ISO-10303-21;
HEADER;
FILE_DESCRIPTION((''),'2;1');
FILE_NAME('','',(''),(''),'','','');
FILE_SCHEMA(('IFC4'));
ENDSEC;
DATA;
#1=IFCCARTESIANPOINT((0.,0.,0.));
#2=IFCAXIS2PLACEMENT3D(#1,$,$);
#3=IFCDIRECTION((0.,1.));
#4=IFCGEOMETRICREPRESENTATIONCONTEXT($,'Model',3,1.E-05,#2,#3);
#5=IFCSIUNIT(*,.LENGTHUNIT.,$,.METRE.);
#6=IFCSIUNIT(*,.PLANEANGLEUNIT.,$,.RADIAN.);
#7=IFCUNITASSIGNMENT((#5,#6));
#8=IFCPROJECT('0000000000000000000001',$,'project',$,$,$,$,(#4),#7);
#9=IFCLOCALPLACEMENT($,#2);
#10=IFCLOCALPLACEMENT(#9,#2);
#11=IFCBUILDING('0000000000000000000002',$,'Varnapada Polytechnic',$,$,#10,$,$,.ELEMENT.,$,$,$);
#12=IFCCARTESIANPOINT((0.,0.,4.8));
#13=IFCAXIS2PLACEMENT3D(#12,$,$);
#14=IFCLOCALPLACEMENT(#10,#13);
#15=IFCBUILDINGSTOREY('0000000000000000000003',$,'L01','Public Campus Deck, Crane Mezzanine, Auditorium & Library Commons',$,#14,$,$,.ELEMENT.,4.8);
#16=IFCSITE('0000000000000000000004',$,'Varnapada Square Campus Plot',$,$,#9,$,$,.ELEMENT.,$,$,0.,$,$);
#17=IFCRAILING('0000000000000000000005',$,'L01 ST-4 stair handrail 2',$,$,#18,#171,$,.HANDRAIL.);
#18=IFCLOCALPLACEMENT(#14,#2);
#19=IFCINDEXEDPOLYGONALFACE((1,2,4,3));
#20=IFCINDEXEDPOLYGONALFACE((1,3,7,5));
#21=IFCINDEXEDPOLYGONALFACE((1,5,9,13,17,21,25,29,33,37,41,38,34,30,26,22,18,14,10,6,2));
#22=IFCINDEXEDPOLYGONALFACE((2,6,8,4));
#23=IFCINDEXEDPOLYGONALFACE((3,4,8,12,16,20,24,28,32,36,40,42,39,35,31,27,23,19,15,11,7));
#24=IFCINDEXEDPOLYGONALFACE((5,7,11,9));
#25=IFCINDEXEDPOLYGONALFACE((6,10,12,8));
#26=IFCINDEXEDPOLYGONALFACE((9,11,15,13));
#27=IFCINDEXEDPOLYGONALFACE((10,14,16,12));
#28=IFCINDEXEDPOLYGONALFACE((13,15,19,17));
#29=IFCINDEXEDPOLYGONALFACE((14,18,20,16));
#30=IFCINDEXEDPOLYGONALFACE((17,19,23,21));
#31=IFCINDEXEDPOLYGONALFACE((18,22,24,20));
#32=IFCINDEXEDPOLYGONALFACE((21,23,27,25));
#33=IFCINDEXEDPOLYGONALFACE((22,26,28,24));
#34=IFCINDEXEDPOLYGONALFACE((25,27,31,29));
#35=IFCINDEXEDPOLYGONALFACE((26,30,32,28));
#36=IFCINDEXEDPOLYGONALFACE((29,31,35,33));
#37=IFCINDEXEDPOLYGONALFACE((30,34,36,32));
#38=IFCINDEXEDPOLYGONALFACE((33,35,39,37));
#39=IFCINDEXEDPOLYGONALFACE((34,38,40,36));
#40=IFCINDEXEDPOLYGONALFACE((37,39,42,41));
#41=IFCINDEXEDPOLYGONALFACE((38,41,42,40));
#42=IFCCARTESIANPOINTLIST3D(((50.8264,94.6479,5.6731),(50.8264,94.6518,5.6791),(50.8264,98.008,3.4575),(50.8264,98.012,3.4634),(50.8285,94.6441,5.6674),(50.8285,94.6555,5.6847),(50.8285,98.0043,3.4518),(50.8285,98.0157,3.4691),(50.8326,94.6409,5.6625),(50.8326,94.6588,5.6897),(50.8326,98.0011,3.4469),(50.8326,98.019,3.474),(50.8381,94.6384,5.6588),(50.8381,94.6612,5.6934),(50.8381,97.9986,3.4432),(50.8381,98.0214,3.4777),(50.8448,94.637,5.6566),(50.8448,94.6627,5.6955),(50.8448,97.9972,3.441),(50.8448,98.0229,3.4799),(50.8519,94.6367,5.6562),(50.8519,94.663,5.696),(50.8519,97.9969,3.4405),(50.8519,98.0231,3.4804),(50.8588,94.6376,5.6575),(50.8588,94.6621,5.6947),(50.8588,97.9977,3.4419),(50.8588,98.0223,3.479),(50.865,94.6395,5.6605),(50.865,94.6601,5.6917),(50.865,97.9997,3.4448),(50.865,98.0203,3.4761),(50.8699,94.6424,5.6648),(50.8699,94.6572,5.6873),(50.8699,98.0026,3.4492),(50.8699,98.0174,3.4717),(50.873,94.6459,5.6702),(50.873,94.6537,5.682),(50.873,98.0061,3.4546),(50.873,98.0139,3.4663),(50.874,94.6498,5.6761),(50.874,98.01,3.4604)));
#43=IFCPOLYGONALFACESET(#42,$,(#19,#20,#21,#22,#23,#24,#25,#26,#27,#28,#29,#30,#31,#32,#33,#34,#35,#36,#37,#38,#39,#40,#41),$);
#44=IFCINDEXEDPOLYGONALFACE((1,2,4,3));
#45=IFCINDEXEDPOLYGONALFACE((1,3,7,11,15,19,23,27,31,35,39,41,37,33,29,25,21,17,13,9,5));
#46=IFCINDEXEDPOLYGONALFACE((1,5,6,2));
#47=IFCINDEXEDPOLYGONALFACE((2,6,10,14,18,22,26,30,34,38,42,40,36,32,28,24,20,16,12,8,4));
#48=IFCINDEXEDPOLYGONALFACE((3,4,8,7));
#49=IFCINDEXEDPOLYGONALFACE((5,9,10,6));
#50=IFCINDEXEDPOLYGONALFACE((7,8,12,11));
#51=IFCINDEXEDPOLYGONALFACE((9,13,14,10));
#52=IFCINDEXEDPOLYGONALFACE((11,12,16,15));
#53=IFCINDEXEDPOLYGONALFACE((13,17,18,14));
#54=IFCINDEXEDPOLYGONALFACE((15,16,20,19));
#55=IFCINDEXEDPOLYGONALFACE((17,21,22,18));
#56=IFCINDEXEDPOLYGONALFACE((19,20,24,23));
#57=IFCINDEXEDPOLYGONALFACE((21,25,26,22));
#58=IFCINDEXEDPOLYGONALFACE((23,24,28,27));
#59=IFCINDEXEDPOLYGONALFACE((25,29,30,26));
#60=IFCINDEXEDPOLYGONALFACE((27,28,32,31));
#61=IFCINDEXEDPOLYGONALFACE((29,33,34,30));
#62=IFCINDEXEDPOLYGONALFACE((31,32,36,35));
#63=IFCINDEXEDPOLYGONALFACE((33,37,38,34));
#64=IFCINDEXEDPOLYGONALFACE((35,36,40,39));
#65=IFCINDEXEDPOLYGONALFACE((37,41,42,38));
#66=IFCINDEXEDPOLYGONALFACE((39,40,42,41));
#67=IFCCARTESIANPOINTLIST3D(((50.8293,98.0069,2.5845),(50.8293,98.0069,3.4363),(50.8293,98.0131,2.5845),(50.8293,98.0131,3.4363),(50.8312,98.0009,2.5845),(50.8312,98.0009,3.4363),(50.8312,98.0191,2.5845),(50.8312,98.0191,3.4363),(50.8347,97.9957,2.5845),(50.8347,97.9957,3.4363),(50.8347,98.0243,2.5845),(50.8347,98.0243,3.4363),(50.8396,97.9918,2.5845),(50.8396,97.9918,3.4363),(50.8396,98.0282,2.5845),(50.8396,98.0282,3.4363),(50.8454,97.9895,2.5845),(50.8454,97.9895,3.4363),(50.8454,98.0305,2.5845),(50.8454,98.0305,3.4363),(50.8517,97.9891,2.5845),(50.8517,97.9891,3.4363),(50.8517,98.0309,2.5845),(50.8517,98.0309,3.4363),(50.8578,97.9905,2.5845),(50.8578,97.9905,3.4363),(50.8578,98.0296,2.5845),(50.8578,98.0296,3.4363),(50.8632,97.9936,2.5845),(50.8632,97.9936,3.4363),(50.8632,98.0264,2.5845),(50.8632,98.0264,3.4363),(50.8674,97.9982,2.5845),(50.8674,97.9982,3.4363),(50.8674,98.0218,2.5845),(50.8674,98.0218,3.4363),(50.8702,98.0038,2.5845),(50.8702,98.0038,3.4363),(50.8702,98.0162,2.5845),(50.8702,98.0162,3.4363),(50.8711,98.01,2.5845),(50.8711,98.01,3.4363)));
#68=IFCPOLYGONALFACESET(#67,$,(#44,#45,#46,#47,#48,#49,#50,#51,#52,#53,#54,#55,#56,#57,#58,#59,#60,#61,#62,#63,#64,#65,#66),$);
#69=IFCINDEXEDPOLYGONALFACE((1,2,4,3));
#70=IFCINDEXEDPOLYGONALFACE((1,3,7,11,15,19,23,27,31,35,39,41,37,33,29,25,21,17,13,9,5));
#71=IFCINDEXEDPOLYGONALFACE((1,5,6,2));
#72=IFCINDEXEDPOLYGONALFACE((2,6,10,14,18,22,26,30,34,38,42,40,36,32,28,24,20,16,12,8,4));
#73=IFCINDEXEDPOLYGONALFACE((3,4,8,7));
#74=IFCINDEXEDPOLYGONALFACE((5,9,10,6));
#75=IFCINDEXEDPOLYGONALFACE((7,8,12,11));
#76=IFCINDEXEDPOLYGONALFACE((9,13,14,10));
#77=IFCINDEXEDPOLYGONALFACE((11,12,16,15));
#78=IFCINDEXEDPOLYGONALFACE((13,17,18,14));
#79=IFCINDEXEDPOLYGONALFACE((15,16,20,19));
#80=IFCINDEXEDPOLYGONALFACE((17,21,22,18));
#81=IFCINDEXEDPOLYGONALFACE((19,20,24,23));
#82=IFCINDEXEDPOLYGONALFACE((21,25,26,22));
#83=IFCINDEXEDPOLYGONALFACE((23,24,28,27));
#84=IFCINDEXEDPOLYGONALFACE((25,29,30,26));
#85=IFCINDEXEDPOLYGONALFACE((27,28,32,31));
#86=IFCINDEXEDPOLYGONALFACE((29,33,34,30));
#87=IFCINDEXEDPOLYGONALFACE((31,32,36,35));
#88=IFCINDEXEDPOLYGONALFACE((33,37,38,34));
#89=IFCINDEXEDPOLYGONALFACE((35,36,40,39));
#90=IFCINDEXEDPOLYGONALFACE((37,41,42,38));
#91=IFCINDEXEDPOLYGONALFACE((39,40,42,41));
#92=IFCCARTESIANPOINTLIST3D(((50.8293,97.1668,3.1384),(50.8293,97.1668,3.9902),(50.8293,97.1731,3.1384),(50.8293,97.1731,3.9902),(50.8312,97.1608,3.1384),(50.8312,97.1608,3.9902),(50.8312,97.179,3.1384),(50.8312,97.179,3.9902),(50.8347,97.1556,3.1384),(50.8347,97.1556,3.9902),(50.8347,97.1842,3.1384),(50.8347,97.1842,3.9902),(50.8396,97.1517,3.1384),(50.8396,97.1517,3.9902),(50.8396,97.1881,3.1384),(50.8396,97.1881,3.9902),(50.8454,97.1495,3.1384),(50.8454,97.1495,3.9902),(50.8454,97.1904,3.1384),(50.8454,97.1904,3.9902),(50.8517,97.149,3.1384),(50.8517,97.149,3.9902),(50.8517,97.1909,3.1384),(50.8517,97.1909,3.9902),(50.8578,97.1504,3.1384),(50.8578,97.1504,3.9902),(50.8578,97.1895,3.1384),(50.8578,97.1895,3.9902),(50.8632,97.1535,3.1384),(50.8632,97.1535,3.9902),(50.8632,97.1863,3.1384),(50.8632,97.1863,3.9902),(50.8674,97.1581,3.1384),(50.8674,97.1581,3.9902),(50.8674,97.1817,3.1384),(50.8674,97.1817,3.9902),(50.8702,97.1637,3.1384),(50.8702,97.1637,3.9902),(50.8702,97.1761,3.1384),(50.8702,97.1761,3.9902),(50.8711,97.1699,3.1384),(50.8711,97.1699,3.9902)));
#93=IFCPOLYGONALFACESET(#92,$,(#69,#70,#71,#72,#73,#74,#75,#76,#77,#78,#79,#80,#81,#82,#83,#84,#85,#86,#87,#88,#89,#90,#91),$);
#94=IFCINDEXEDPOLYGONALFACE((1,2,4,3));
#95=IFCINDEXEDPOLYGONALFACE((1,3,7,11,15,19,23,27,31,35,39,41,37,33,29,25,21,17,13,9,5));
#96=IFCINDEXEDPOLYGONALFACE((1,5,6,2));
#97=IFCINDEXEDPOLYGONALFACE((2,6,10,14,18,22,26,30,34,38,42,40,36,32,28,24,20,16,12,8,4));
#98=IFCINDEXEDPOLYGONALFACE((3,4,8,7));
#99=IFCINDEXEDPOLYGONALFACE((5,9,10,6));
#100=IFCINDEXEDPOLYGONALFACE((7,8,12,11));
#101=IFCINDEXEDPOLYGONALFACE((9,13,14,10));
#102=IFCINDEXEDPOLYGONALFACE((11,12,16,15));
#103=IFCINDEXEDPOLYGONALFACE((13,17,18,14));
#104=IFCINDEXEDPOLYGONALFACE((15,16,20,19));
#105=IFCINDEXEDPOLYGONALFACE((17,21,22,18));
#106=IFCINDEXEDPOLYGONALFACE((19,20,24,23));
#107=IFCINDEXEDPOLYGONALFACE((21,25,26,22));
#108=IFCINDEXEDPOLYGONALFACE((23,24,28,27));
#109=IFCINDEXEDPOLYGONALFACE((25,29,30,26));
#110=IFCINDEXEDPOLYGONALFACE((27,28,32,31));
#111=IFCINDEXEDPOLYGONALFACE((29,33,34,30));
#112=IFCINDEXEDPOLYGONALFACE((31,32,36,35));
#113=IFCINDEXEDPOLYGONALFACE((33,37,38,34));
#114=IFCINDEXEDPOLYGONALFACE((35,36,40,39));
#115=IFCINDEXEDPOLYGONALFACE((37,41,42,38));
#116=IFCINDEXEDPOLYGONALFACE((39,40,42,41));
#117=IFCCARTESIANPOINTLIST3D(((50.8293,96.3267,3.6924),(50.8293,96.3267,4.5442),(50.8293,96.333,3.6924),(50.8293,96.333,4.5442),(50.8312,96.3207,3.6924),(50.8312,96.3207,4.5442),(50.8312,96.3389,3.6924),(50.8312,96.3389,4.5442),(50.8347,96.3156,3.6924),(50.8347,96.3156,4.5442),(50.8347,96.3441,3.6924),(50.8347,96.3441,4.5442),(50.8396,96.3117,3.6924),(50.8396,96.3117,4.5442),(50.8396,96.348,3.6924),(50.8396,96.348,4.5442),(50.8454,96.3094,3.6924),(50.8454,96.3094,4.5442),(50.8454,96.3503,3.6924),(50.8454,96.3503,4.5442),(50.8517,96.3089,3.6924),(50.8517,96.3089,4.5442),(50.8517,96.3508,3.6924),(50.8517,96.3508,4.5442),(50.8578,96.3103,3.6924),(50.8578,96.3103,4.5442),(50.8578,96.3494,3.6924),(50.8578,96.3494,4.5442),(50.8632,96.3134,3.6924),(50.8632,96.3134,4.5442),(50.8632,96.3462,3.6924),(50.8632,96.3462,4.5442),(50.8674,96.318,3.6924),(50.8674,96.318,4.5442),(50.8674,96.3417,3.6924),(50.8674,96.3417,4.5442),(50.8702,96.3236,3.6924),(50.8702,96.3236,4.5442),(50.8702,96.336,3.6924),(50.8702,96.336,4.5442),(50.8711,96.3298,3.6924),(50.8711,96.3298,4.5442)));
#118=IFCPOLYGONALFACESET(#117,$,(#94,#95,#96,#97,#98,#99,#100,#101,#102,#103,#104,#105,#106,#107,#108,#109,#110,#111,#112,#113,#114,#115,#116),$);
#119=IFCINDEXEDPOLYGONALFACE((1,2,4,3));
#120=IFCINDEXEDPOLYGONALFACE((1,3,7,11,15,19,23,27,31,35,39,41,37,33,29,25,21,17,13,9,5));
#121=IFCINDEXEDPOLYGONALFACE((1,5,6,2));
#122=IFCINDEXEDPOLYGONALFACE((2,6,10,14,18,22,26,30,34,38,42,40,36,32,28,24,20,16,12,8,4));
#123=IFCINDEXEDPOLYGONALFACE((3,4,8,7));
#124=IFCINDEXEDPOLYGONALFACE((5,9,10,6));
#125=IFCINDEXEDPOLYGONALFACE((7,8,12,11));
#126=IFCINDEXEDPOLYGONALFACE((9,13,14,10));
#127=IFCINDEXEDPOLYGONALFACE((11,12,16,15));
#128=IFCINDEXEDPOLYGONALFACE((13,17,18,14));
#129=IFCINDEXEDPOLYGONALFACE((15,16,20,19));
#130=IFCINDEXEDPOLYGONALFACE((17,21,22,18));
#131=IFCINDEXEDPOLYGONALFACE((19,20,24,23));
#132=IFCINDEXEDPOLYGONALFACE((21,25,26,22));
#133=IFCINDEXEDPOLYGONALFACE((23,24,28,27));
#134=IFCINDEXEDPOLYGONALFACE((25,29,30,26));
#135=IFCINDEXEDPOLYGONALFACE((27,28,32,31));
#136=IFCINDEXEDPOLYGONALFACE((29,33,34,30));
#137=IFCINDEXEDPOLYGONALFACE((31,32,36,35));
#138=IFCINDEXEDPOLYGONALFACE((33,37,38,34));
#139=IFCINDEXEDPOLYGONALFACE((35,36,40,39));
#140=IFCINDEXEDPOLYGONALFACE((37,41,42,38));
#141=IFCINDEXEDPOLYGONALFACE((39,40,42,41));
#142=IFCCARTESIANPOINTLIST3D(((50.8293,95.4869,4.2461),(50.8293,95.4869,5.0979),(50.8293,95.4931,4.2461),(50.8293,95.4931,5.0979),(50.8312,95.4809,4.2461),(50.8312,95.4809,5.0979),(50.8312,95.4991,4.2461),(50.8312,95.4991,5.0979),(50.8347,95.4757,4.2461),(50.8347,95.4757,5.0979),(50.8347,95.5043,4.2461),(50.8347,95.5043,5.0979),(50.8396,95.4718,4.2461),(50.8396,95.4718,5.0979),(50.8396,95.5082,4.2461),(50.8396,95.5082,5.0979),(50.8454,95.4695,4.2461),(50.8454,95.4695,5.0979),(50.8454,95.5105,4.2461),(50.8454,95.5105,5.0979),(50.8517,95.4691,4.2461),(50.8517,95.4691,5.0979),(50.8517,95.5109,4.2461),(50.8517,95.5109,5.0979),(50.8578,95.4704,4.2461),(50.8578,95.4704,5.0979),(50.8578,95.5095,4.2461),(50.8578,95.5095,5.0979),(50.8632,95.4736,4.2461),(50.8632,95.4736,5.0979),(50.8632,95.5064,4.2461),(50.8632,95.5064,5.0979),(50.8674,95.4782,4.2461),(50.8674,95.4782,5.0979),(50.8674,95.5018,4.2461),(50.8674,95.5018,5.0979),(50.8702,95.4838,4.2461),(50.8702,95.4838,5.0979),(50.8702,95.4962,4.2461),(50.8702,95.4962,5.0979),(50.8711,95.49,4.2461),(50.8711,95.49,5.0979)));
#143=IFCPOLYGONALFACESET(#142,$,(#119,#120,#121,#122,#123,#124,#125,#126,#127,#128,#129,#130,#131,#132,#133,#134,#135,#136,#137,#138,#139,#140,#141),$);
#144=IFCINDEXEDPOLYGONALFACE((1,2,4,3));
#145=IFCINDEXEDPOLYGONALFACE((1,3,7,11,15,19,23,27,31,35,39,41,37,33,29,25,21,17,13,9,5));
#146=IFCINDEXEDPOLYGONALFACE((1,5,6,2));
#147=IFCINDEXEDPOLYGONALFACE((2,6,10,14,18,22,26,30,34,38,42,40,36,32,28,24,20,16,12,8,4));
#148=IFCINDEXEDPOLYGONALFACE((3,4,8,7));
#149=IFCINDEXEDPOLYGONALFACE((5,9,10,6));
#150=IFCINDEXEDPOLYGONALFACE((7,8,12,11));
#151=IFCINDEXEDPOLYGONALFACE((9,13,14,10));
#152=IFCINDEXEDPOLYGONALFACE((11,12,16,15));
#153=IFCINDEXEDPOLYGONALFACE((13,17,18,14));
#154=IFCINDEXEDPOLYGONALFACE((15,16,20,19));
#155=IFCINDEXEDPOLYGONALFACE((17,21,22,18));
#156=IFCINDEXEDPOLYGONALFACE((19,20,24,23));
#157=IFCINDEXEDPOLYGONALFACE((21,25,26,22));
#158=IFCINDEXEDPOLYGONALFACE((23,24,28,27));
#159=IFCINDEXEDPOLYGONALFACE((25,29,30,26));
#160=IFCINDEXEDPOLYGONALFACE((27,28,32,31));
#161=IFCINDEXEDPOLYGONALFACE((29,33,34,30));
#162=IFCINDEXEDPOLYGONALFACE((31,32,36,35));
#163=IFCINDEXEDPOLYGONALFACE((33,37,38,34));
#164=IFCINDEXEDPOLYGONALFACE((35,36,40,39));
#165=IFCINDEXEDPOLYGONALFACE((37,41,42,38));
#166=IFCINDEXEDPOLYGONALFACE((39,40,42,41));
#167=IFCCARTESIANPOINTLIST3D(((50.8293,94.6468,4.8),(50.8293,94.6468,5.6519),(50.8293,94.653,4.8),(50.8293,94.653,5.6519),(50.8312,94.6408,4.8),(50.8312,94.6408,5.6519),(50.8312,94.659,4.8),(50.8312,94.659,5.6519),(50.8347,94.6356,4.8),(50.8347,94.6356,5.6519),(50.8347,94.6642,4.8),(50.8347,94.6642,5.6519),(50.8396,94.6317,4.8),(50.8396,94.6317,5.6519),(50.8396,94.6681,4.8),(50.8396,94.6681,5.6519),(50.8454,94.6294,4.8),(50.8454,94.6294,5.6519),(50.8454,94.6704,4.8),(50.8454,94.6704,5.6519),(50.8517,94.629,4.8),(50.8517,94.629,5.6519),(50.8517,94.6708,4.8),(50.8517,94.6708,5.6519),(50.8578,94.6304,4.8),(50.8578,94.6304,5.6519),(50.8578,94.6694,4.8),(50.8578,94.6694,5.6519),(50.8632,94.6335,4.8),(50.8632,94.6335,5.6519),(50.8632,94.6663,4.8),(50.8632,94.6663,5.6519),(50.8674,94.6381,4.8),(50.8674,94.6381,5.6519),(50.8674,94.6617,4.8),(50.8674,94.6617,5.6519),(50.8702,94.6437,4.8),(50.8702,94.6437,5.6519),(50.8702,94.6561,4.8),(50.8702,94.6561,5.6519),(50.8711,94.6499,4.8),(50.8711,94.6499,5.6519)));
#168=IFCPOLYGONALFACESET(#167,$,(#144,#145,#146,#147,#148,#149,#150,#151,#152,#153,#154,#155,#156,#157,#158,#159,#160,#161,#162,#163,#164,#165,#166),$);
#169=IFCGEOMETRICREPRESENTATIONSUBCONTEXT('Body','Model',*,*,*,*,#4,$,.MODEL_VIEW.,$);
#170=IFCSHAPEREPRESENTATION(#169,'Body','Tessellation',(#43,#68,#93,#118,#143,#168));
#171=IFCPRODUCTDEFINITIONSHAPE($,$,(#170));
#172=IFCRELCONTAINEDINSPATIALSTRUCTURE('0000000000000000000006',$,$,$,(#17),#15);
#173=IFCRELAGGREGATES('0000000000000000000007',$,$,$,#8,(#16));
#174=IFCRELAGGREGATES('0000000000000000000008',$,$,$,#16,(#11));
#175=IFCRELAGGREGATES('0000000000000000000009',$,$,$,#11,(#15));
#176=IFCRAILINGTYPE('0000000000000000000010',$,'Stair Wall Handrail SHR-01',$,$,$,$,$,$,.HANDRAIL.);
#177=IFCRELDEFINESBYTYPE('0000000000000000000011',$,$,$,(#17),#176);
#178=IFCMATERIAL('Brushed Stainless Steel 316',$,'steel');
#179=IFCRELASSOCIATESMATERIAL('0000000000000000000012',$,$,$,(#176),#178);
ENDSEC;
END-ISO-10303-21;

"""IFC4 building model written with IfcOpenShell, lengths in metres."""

from ifc_helpers import new_model, si_unit, direction, frame, origin, origin_2d, place, context, subcontext, project, spatial, circle, extrude, material, type_object, element, save


model = new_model("IFC4")

# Units and contexts
model_context = context("Model", 3, precision=1e-05, world=origin(), true_north=direction((0.0, 1.0)))
body_context = subcontext(model_context, "Body", "Model", "MODEL_VIEW")
ifc_project = project(units=[si_unit("LENGTHUNIT", "METRE"), si_unit("PLANEANGLEUNIT", "RADIAN")], contexts=[model_context])

# Site, building, storey
site_placement = place(None, origin())
site = spatial("IfcSite", under=ifc_project, at=site_placement, Name="Varnapada Square Campus Plot", CompositionType="ELEMENT", RefElevation=0.0)
building_placement = place(site_placement, origin())
building = spatial("IfcBuilding", under=site, at=building_placement, Name="Varnapada Polytechnic", CompositionType="ELEMENT")
storey_placement = place(building_placement, frame((0.0, 0.0, 4.8)))
storey = spatial("IfcBuildingStorey", under=building, at=storey_placement, Name="L01", Description="Public Campus Deck, Crane Mezzanine, Auditorium & Library Commons", CompositionType="ELEMENT", Elevation=4.8)

# Shared definitions
ifc_material_1 = material(Name="Brushed Stainless Steel 316", Category="steel")

# Railing
railing_type_1 = type_object("IfcRailingType", Name="Stair Wall Handrail SHR-01", PredefinedType="HANDRAIL", material=ifc_material_1)
railing_1_placement = place(storey_placement, frame((50.8501, 98.01, 2.5845)))
element("IfcRailing", 1, at=railing_1_placement, inside=storey, type_object=railing_type_1, Name="L01 ST-4 stair handrail 2", PredefinedType="HANDRAIL", context=body_context, shape_type="SweptSolid", body=[
    extrude(circle(Radius=0.0239, at=origin_2d()), frame((0.0, 0.0, 0.876), z_axis=(0.0, -0.834849, 0.55048), x_axis=(1.0, 0.0, 0.0)), (0.0, 0.0, 1.0), 4.0249),
    extrude(circle(Radius=0.021, at=origin_2d()), origin(), (0.0, 0.0, 1.0), 0.8518),
    extrude(circle(Radius=0.021, at=origin_2d()), frame((0.0, -0.8401, 0.554)), (0.0, 0.0, 1.0), 0.8518),
    extrude(circle(Radius=0.021, at=origin_2d()), frame((0.0, -1.6802, 1.1079)), (0.0, 0.0, 1.0), 0.8518),
    extrude(circle(Radius=0.021, at=origin_2d()), frame((0.0, -2.52, 1.6616)), (0.0, 0.0, 1.0), 0.8518),
    extrude(circle(Radius=0.021, at=origin_2d()), frame((0.0, -3.3601, 2.2156)), (0.0, 0.0, 1.0), 0.8518),
])

save(model, "model.ifc")
